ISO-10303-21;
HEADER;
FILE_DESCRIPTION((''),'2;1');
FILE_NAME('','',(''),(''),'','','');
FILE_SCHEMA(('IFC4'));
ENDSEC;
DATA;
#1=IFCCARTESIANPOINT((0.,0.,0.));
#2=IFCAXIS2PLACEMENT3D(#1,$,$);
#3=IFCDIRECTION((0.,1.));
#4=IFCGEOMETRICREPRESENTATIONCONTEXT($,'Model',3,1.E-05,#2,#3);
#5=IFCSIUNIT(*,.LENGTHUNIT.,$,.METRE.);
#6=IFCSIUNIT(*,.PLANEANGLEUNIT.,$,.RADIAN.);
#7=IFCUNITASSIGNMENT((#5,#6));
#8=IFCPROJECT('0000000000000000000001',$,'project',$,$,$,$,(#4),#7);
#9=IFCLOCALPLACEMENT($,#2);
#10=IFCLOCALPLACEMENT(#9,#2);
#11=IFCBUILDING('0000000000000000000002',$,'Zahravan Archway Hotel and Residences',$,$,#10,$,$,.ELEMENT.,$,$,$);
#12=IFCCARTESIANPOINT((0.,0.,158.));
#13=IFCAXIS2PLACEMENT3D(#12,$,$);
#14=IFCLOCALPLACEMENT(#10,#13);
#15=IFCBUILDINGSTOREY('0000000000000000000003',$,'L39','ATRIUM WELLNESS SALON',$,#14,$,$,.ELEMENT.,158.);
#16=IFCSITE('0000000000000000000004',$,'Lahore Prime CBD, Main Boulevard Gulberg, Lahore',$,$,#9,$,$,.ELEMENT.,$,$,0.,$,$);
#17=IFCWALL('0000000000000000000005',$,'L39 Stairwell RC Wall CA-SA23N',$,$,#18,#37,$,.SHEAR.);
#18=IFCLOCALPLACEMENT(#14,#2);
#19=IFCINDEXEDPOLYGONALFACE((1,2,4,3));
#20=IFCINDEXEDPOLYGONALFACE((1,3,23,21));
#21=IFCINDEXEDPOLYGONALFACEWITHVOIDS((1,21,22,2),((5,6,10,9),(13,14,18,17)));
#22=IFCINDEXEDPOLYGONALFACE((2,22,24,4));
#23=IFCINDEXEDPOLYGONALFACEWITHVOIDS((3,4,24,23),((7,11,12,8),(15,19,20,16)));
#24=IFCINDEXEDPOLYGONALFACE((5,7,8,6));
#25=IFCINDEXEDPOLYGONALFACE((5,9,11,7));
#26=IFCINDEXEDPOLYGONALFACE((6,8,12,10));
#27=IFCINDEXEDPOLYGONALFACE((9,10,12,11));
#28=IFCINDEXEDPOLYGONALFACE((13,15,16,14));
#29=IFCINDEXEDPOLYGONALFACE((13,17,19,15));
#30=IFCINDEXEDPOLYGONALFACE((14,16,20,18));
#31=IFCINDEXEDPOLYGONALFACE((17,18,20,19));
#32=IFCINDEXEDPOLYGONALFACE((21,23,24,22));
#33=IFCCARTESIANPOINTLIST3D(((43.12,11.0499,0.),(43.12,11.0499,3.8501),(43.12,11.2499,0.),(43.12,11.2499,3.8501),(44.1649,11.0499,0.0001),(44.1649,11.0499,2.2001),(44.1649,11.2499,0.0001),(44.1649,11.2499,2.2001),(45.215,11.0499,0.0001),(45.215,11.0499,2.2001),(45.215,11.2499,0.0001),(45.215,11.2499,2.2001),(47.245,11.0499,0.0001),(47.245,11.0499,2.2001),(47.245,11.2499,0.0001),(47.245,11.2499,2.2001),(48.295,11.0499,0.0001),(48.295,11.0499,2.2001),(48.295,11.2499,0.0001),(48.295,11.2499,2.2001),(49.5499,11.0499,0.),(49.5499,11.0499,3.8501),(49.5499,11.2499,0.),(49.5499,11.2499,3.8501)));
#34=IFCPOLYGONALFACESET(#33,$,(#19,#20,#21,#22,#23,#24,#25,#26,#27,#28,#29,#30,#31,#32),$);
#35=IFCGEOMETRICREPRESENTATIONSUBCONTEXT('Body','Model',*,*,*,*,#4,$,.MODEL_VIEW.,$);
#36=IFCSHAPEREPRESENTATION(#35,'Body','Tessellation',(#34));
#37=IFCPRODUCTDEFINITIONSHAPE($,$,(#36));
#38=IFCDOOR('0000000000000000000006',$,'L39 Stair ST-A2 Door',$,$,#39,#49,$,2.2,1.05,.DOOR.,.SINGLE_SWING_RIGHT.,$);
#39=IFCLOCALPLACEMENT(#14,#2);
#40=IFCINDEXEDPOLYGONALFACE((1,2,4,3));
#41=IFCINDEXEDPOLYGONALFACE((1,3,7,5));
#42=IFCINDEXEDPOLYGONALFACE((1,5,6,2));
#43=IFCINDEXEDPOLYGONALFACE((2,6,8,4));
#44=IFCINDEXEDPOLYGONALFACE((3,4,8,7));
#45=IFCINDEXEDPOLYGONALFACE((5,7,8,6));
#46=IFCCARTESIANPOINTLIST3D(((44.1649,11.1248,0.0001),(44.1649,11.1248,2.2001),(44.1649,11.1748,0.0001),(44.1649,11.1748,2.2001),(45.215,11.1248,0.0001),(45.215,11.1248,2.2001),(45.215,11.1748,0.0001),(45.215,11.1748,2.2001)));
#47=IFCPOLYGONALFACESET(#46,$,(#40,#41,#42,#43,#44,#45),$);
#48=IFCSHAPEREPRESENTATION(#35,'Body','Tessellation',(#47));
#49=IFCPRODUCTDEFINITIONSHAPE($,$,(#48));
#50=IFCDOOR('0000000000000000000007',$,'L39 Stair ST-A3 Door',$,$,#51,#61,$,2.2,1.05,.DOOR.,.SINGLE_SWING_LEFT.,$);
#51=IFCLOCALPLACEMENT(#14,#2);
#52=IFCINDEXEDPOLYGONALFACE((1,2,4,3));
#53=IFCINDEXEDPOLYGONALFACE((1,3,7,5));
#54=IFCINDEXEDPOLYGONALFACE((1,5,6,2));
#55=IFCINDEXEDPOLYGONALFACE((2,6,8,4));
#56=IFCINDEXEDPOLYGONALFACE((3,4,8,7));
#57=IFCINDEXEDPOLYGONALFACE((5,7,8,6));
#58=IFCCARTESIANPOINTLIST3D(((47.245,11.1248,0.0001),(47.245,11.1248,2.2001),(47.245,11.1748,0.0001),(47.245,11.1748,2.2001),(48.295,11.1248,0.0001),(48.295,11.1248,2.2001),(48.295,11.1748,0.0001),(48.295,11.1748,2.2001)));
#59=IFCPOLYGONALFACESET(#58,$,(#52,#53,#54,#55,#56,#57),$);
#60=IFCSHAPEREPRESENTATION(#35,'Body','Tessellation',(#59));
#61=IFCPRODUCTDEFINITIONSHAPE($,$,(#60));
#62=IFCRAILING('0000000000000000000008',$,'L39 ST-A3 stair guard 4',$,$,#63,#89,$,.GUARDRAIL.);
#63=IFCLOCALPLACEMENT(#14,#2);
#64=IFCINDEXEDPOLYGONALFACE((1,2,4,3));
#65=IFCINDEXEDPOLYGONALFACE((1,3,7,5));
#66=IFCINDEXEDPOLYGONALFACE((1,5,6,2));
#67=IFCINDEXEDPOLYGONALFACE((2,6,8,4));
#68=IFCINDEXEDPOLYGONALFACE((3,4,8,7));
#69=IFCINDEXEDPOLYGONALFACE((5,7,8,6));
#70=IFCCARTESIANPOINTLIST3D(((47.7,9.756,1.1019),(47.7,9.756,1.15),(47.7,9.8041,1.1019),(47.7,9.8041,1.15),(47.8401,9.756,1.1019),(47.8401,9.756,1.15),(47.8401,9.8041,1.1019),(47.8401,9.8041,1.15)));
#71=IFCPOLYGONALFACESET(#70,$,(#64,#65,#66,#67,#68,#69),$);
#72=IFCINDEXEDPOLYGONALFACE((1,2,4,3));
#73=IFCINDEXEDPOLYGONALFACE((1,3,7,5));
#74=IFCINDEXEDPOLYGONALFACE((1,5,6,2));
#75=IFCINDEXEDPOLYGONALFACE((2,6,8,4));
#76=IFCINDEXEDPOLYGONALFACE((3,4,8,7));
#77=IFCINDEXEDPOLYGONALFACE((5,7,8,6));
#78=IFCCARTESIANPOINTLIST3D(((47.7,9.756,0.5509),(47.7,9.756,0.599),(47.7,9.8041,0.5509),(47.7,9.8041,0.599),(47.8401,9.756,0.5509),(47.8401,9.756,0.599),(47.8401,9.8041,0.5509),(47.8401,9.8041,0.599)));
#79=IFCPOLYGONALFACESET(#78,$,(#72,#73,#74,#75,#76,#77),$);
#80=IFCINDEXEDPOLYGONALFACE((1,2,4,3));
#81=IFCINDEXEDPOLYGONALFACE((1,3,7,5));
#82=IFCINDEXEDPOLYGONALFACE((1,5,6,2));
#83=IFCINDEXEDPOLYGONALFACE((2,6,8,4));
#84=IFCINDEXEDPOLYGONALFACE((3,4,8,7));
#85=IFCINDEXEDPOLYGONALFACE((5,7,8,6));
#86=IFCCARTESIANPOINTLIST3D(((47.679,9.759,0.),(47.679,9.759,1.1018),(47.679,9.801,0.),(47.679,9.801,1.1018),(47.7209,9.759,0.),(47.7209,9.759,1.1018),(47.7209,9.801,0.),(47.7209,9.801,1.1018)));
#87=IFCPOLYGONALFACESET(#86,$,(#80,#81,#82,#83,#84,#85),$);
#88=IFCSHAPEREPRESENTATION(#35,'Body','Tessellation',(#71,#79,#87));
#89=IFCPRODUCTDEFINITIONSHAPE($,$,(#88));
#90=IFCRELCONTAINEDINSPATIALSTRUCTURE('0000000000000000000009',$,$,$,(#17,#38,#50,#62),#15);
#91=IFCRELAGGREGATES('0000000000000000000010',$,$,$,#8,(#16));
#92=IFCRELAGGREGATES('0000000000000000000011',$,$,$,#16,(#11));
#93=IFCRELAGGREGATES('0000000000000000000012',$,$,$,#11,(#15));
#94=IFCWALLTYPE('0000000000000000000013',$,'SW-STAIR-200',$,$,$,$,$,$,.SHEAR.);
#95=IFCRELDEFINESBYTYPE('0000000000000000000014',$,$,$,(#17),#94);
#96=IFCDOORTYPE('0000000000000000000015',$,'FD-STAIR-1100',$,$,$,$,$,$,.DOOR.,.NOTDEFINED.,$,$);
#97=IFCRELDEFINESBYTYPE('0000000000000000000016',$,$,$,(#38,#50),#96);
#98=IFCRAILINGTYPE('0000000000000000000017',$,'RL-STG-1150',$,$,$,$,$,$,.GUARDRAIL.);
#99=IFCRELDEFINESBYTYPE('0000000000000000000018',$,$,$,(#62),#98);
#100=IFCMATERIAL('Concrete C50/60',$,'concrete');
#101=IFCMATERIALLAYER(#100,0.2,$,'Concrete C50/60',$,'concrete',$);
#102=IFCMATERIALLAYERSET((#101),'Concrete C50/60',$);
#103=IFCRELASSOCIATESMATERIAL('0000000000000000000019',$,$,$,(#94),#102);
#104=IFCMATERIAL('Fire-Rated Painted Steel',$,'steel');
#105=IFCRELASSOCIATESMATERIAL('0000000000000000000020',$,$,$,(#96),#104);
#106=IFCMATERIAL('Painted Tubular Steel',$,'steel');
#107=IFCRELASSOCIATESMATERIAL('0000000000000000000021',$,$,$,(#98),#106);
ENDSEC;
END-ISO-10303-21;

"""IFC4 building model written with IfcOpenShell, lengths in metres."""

from ifc_helpers import new_model, si_unit, direction, frame, frame_2d, origin, origin_2d, place, context, subcontext, project, spatial, rectangle, extrude, source, transform, mapped, material, layer, layer_set, type_object, type_shapes, element, fill, save


model = new_model("IFC4")

# Units and contexts
model_context = context("Model", 3, precision=1e-05, world=origin(), true_north=direction((0.0, 1.0)))
body_context = subcontext(model_context, "Body", "Model", "MODEL_VIEW")
ifc_project = project(units=[si_unit("LENGTHUNIT", "METRE"), si_unit("PLANEANGLEUNIT", "RADIAN")], contexts=[model_context])

# Site, building, storey
site_placement = place(None, origin())
site = spatial("IfcSite", under=ifc_project, at=site_placement, Name="Lahore Prime CBD, Main Boulevard Gulberg, Lahore", CompositionType="ELEMENT", RefElevation=0.0)
building_placement = place(site_placement, origin())
building = spatial("IfcBuilding", under=site, at=building_placement, Name="Zahravan Archway Hotel and Residences", CompositionType="ELEMENT")
storey_placement = place(building_placement, frame((0.0, 0.0, 158.0)))
storey = spatial("IfcBuildingStorey", under=building, at=storey_placement, Name="L39", Description="ATRIUM WELLNESS SALON", CompositionType="ELEMENT", Elevation=158.0)

# Shared definitions
ifc_material_1 = material(Name="Fire-Rated Painted Steel", Category="steel")

# Wall, openings, doors
ifc_material_2 = material(Name="Concrete C50/60", Category="concrete")
ifc_layer_1 = layer(ifc_material_2, 0.2, Name="Concrete C50/60", Category="concrete")
ifc_layer_set_1 = layer_set([ifc_layer_1], Name="Concrete C50/60")
wall_type_1 = type_object("IfcWallType", Name="SW-STAIR-200", PredefinedType="SHEAR", material=ifc_layer_set_1)
wall_1_placement = place(storey_placement, frame((43.1201, 11.1499, 0.0), z_axis=(0.0, 0.0, 1.0), x_axis=(1.0, 0.0, 0.0)))
wall_1 = element("IfcWall", 1, at=wall_1_placement, inside=storey, type_object=wall_type_1, Name="L39 Stairwell RC Wall CA-SA23N", PredefinedType="SHEAR", context=body_context, shape_type="SweptSolid", body=[
    extrude(rectangle(XDim=6.4299, YDim=0.2, at=frame_2d((3.2148, 0.0))), origin(), (0.0, 0.0, 1.0), 3.8501),
])
opening_1_placement = place(wall_1_placement, frame((1.0449, 0.0, 0.0)))
opening_1 = element("IfcOpeningElement", 2, at=opening_1_placement, cuts=wall_1, PredefinedType="OPENING", context=body_context, shape_type="SweptSolid", body=[
    extrude(rectangle(XDim=1.05, YDim=2.2, at=frame_2d((0.5249, 1.1001))), frame((0.0, 0.1099, 0.0), z_axis=(0.0, -1.0, 0.0), x_axis=(1.0, 0.0, 0.0)), (0.0, 0.0, 1.0), 0.22),
])
opening_2_placement = place(wall_1_placement, frame((4.125, 0.0, 0.0)))
opening_2 = element("IfcOpeningElement", 3, at=opening_2_placement, cuts=wall_1, PredefinedType="OPENING", context=body_context, shape_type="SweptSolid", body=[
    extrude(rectangle(XDim=1.05, YDim=2.2, at=frame_2d((0.5249, 1.1001))), frame((0.0, 0.1099, 0.0), z_axis=(0.0, -1.0, 0.0), x_axis=(1.0, 0.0, 0.0)), (0.0, 0.0, 1.0), 0.22),
])
door_type_1 = type_object("IfcDoorType", Name="FD-STAIR-1100", OperationType="NOTDEFINED", PredefinedType="DOOR", material=ifc_material_1)
shared_shape_1 = source(origin(), body_context, "Body", "SweptSolid", [
    extrude(rectangle(XDim=1.05, YDim=2.2, at=frame_2d((0.5249, 1.1001))), frame((0.0, 0.0249, 0.0), z_axis=(0.0, -1.0, 0.0), x_axis=(1.0, 0.0, 0.0)), (0.0, 0.0, 1.0), 0.05),
])
type_shapes(door_type_1, [shared_shape_1])
door_1_placement = place(opening_1_placement, origin())
door_1 = element("IfcDoor", 4, at=door_1_placement, inside=storey, type_object=door_type_1, Name="L39 Stair ST-A2 Door", OperationType="SINGLE_SWING_RIGHT", OverallHeight=2.2, OverallWidth=1.05, PredefinedType="DOOR", context=body_context, shape_type="MappedRepresentation", body=[
    mapped(shared_shape_1, transform((0.0, 0.0, 0.0), scale=1.0)),
])
fill(opening_1, door_1)
door_2_placement = place(opening_2_placement, origin())
door_2 = element("IfcDoor", 5, at=door_2_placement, inside=storey, type_object=door_type_1, Name="L39 Stair ST-A3 Door", OperationType="SINGLE_SWING_LEFT", OverallHeight=2.2, OverallWidth=1.05, PredefinedType="DOOR", context=body_context, shape_type="MappedRepresentation", body=[
    mapped(shared_shape_1, transform((0.0, 0.0, 0.0), scale=1.0)),
])
fill(opening_2, door_2)

# Railing
ifc_material_3 = material(Name="Painted Tubular Steel", Category="steel")
railing_type_1 = type_object("IfcRailingType", Name="RL-STG-1150", PredefinedType="GUARDRAIL", material=ifc_material_3)
railing_1_placement = place(storey_placement, frame((47.7, 9.78, 0.0)))
element("IfcRailing", 6, at=railing_1_placement, inside=storey, type_object=railing_type_1, Name="L39 ST-A3 stair guard 4", PredefinedType="GUARDRAIL", context=body_context, shape_type="SweptSolid", body=[
    extrude(rectangle(XDim=0.0481, YDim=0.0481, at=origin_2d()), frame((0.0, 0.0, 1.126), z_axis=(1.0, 0.0, 0.0), x_axis=(0.0, 1.0, 0.0)), (0.0, 0.0, 1.0), 0.1401),
    extrude(rectangle(XDim=0.0481, YDim=0.0481, at=origin_2d()), frame((0.0, 0.0, 0.575), z_axis=(1.0, 0.0, 0.0), x_axis=(0.0, 1.0, 0.0)), (0.0, 0.0, 1.0), 0.1401),
    extrude(rectangle(XDim=0.042, YDim=0.042, at=origin_2d()), origin(), (0.0, 0.0, 1.0), 1.1018),
])

save(model, "model.ifc")
